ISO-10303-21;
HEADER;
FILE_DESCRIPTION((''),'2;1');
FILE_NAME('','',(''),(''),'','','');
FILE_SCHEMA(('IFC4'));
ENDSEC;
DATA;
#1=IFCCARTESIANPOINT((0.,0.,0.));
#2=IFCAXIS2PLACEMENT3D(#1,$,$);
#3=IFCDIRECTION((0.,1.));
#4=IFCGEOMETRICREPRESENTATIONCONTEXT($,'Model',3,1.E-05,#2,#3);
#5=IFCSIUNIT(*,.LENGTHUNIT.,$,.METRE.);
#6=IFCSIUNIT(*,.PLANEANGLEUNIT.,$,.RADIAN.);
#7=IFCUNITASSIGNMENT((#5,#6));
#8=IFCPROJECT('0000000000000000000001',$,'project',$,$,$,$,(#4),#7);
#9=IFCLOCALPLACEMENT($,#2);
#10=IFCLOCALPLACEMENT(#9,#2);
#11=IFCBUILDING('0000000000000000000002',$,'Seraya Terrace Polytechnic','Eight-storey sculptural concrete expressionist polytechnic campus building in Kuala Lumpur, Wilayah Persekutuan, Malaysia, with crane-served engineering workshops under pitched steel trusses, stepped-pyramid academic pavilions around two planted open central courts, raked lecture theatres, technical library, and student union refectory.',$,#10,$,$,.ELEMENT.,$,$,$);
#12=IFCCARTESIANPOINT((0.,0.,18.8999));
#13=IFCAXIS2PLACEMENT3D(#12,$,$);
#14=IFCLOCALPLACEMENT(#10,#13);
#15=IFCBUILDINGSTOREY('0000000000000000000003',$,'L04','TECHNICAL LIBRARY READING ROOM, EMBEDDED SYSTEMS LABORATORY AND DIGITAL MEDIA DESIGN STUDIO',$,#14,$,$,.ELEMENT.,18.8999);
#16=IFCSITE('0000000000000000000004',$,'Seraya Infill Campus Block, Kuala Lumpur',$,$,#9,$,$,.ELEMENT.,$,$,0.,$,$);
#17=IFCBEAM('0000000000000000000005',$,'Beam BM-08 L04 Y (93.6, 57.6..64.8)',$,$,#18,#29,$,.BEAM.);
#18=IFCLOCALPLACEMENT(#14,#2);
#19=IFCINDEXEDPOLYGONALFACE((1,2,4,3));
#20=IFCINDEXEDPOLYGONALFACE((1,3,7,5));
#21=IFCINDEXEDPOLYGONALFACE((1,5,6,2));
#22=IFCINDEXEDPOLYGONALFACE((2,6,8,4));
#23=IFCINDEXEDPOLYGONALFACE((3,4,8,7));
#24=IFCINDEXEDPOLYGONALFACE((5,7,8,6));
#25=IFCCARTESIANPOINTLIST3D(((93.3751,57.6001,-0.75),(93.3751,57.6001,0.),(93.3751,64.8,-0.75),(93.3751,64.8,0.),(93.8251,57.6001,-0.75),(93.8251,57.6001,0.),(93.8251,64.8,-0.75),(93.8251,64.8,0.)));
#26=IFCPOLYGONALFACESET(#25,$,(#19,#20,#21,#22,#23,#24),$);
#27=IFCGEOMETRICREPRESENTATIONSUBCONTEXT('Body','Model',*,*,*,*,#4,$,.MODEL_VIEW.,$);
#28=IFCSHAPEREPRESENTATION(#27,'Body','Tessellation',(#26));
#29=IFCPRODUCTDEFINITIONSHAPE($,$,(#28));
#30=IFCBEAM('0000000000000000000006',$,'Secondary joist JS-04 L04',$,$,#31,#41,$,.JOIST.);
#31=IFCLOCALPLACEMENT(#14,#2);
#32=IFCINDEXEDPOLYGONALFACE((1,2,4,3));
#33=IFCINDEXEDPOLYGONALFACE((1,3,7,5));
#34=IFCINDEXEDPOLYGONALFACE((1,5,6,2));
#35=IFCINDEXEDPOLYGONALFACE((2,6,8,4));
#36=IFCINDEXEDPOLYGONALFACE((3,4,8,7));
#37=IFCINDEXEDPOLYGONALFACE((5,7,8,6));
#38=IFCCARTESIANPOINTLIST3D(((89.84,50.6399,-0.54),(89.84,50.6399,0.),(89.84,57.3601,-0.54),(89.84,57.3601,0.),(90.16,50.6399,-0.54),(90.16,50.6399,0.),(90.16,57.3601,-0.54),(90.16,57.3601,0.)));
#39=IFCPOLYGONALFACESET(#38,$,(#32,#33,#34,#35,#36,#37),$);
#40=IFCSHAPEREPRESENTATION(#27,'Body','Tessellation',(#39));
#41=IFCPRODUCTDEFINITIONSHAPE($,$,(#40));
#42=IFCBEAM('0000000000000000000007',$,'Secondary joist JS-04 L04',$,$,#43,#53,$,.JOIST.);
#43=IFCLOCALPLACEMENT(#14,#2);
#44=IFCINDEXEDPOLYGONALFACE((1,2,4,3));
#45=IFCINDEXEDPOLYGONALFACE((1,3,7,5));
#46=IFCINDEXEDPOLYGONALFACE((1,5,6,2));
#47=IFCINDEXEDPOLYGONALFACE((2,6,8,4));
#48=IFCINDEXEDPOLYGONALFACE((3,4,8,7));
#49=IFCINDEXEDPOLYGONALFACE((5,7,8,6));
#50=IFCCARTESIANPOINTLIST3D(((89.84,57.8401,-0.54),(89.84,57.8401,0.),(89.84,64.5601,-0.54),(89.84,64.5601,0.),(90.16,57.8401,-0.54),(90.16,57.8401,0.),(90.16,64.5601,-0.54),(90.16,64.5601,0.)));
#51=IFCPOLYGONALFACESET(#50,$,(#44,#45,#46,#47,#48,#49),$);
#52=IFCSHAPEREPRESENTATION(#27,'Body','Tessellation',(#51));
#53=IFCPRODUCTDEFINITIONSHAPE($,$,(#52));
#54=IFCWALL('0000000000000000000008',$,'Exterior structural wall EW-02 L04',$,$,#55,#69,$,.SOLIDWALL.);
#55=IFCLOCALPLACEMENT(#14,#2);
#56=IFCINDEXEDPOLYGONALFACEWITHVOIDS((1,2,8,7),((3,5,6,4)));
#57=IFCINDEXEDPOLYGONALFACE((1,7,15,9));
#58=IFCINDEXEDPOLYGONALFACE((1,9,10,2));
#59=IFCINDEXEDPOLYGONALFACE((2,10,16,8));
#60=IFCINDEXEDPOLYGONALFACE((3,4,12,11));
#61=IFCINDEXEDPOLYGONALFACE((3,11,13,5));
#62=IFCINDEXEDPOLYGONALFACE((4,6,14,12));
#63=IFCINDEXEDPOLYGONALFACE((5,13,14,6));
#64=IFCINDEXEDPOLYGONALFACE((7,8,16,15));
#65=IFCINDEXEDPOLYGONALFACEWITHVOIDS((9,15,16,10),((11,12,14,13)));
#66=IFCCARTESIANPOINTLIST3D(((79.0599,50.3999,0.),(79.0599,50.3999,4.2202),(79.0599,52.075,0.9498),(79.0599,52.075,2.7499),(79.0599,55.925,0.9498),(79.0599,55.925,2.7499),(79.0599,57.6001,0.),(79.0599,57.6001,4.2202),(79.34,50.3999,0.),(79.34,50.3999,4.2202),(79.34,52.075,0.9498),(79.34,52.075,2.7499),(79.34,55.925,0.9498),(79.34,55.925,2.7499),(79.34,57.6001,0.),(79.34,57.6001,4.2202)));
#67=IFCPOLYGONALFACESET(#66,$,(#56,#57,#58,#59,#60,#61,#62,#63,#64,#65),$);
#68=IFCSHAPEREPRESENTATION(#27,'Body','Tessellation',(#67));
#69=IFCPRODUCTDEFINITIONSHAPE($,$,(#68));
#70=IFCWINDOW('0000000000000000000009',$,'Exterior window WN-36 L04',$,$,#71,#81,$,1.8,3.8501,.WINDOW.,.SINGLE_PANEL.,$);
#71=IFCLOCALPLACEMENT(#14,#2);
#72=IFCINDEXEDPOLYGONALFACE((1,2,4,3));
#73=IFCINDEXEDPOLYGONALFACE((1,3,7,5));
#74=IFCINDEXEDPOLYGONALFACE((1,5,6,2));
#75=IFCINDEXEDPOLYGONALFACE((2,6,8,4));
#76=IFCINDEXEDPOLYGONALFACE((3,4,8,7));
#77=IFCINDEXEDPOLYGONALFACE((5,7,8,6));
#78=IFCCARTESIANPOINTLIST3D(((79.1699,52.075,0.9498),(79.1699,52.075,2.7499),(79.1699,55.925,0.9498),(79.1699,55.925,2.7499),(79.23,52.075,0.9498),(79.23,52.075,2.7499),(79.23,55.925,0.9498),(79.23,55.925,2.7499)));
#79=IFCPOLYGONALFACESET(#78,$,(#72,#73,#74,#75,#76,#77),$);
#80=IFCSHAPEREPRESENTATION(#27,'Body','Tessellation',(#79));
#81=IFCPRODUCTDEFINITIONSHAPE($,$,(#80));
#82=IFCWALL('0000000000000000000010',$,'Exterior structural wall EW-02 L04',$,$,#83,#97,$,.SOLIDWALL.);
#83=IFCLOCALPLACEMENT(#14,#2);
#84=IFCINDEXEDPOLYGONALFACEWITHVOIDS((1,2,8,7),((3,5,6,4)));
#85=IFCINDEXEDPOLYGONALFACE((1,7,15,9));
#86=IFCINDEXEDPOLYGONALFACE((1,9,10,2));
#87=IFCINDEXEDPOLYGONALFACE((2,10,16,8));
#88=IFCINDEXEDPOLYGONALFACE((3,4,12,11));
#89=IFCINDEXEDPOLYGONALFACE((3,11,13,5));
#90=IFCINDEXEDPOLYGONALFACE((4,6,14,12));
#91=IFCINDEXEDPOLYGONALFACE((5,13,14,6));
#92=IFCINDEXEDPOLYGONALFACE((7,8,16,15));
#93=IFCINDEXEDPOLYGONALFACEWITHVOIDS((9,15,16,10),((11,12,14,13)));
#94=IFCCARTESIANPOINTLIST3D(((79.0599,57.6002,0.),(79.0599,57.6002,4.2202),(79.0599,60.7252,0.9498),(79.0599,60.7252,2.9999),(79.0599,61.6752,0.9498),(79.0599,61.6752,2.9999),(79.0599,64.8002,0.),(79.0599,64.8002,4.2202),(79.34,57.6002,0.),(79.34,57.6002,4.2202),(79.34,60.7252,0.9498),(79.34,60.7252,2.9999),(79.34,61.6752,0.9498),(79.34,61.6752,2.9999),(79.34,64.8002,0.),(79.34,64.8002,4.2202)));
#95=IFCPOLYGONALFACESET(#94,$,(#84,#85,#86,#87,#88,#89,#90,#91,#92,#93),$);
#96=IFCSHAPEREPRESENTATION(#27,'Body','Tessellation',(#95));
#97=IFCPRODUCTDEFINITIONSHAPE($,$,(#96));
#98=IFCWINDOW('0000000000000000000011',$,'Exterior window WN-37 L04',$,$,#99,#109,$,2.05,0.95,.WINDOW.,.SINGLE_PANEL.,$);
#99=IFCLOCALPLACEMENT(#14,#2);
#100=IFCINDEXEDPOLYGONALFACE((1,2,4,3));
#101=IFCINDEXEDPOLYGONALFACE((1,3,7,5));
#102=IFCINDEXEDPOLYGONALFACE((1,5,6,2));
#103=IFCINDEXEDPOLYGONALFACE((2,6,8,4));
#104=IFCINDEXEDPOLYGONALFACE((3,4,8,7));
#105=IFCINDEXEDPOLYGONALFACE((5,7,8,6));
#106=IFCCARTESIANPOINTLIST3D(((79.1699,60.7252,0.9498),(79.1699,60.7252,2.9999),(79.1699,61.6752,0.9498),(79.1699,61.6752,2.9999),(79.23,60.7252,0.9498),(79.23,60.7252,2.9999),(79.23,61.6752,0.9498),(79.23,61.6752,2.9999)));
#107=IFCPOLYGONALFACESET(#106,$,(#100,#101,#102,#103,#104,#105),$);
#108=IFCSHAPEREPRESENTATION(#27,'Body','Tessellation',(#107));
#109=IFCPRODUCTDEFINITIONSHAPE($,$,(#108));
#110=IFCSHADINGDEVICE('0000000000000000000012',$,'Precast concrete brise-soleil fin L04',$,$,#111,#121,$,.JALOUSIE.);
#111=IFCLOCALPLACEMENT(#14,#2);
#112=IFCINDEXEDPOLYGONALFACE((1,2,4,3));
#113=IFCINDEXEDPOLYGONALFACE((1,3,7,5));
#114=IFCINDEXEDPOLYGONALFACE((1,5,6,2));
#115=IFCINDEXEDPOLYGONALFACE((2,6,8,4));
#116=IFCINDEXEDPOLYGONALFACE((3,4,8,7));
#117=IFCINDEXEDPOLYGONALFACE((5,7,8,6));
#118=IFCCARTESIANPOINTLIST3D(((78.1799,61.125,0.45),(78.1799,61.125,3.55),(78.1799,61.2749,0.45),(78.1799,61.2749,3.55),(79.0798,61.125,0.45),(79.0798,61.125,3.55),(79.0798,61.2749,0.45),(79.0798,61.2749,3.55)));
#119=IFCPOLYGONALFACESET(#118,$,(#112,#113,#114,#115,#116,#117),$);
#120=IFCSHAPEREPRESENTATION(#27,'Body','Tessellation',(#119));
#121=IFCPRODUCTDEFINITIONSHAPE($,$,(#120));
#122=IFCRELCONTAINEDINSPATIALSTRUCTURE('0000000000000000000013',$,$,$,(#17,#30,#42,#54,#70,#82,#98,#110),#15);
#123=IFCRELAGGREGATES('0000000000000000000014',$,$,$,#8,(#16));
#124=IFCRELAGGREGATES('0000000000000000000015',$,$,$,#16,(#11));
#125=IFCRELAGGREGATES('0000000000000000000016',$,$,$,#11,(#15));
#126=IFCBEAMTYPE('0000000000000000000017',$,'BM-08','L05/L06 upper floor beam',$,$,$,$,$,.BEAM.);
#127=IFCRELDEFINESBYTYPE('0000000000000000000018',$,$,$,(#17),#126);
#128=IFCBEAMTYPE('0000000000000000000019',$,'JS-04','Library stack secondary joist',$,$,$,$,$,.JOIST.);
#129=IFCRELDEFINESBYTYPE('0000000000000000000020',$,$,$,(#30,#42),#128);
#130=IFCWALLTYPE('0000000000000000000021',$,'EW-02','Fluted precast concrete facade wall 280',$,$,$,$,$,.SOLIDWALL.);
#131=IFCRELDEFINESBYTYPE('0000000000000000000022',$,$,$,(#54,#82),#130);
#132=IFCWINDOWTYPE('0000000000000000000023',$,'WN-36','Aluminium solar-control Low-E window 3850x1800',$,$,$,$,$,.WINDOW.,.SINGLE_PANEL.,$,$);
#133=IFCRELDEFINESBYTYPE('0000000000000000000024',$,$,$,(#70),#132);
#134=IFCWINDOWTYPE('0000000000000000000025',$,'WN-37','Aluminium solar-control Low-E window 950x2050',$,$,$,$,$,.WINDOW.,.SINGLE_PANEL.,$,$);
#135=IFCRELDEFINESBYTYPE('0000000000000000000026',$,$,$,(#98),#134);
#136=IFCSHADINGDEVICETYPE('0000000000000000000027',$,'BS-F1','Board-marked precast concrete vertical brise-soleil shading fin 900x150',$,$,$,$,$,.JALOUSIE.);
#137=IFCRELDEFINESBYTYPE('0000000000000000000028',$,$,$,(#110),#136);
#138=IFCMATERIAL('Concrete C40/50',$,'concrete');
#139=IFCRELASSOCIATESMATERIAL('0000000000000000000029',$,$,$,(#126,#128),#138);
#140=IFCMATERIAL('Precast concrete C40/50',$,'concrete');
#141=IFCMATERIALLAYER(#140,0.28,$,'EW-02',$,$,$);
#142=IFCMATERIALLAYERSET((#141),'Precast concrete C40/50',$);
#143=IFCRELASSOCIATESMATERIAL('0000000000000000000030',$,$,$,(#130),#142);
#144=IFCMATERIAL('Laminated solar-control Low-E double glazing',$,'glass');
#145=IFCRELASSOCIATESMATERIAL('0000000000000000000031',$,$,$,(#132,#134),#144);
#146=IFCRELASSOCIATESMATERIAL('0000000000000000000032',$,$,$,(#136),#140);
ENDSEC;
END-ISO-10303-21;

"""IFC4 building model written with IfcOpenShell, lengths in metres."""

from ifc_helpers import new_model, si_unit, direction, frame, frame_2d, origin, origin_2d, place, context, subcontext, project, spatial, rectangle, extrude, material, layer, layer_set, material_profile, profile_set, type_object, element, fill, save


model = new_model("IFC4")

# Units and contexts
model_context = context("Model", 3, precision=1e-05, world=origin(), true_north=direction((0.0, 1.0)))
body_context = subcontext(model_context, "Body", "Model", "MODEL_VIEW")
ifc_project = project(units=[si_unit("LENGTHUNIT", "METRE"), si_unit("PLANEANGLEUNIT", "RADIAN")], contexts=[model_context])

# Site, building, storey
site_placement = place(None, origin())
site = spatial("IfcSite", under=ifc_project, at=site_placement, Name="Seraya Infill Campus Block, Kuala Lumpur", CompositionType="ELEMENT", RefElevation=0.0)
building_placement = place(site_placement, origin())
building = spatial("IfcBuilding", under=site, at=building_placement, Name="Seraya Terrace Polytechnic", Description="Eight-storey sculptural concrete expressionist polytechnic campus building in Kuala Lumpur, Wilayah Persekutuan, Malaysia, with crane-served engineering workshops under pitched steel trusses, stepped-pyramid academic pavilions around two planted open central courts, raked lecture theatres, technical library, and student union refectory.", CompositionType="ELEMENT")
storey_placement = place(building_placement, frame((0.0, 0.0, 18.8999)))
storey = spatial("IfcBuildingStorey", under=building, at=storey_placement, Name="L04", Description="TECHNICAL LIBRARY READING ROOM, EMBEDDED SYSTEMS LABORATORY AND DIGITAL MEDIA DESIGN STUDIO", CompositionType="ELEMENT", Elevation=18.8999)

# Shared definitions
ifc_material_1 = material(Name="Concrete C40/50", Category="concrete")

# Beams
ifc_material_profile_1 = material_profile(ifc_material_1, rectangle(XDim=0.45, YDim=0.75, at=origin_2d()), Name="RC 450x750")
ifc_profile_set_1 = profile_set([ifc_material_profile_1], Name="Concrete C40/50")
beam_type_1 = type_object("IfcBeamType", Name="BM-08", Description="L05/L06 upper floor beam", PredefinedType="BEAM", material=ifc_profile_set_1)
beam_1_placement = place(storey_placement, frame((93.6001, 57.6001, -0.375), z_axis=(0.0, 1.0, 0.0), x_axis=(-1.0, 0.0, 0.0)))
element("IfcBeam", 1, at=beam_1_placement, inside=storey, type_object=beam_type_1, Name="Beam BM-08 L04 Y (93.6, 57.6..64.8)", PredefinedType="BEAM", context=body_context, shape_type="SweptSolid", body=[
    extrude(rectangle(XDim=0.45, YDim=0.75, at=origin_2d()), origin(), (0.0, 0.0, 1.0), 7.2),
])
ifc_material_profile_2 = material_profile(ifc_material_1, rectangle(XDim=0.3201, YDim=0.54, at=origin_2d()), Name="RC 320x540")
ifc_profile_set_2 = profile_set([ifc_material_profile_2], Name="Concrete C40/50")
beam_type_2 = type_object("IfcBeamType", Name="JS-04", Description="Library stack secondary joist", PredefinedType="JOIST", material=ifc_profile_set_2)
beam_2_placement = place(storey_placement, frame((90.0, 50.6399, -0.27), z_axis=(0.0, 1.0, 0.0), x_axis=(-1.0, 0.0, 0.0)))
element("IfcBeam", 2, at=beam_2_placement, inside=storey, type_object=beam_type_2, Name="Secondary joist JS-04 L04", PredefinedType="JOIST", context=body_context, shape_type="SweptSolid", body=[
    extrude(rectangle(XDim=0.3201, YDim=0.54, at=origin_2d()), origin(), (0.0, 0.0, 1.0), 6.7202),
])
beam_3_placement = place(storey_placement, frame((90.0, 57.8401, -0.27), z_axis=(0.0, 1.0, 0.0), x_axis=(-1.0, 0.0, 0.0)))
element("IfcBeam", 3, at=beam_3_placement, inside=storey, type_object=beam_type_2, Name="Secondary joist JS-04 L04", PredefinedType="JOIST", context=body_context, shape_type="SweptSolid", body=[
    extrude(rectangle(XDim=0.3201, YDim=0.54, at=origin_2d()), origin(), (0.0, 0.0, 1.0), 6.72),
])

# Walls, openings, windows
ifc_material_2 = material(Name="Precast concrete C40/50", Category="concrete")
ifc_layer = layer(ifc_material_2, 0.28, Name="EW-02")
ifc_layer_set = layer_set([ifc_layer], Name="Precast concrete C40/50")
wall_type = type_object("IfcWallType", Name="EW-02", Description="Fluted precast concrete facade wall 280", PredefinedType="SOLIDWALL", material=ifc_layer_set)
wall_1_placement = place(storey_placement, frame((79.2, 50.3999, 0.0), z_axis=(0.0, 0.0, 1.0), x_axis=(0.0, 1.0, 0.0)))
wall_1 = element("IfcWall", 4, at=wall_1_placement, inside=storey, type_object=wall_type, Name="Exterior structural wall EW-02 L04", PredefinedType="SOLIDWALL", context=body_context, shape_type="SweptSolid", body=[
    extrude(rectangle(XDim=7.2002, YDim=0.28, at=frame_2d((3.6001, 0.0))), origin(), (0.0, 0.0, 1.0), 4.2202),
])
opening_1_placement = place(wall_1_placement, frame((1.675, 0.0, 0.95)))
opening_1 = element("IfcOpeningElement", 5, at=opening_1_placement, cuts=wall_1, PredefinedType="OPENING", context=body_context, shape_type="SweptSolid", body=[
    extrude(rectangle(XDim=3.8501, YDim=1.8, at=frame_2d((1.925, 0.8999))), frame((0.0, 0.1519, 0.0), z_axis=(0.0, -1.0, 0.0), x_axis=(1.0, 0.0, 0.0)), (0.0, 0.0, 1.0), 0.304),
])
ifc_material_3 = material(Name="Laminated solar-control Low-E double glazing", Category="glass")
window_type_1 = type_object("IfcWindowType", Name="WN-36", Description="Aluminium solar-control Low-E window 3850x1800", PartitioningType="SINGLE_PANEL", PredefinedType="WINDOW", material=ifc_material_3)
window_1_placement = place(opening_1_placement, origin())
window_1 = element("IfcWindow", 6, at=window_1_placement, inside=storey, type_object=window_type_1, Name="Exterior window WN-36 L04", OverallHeight=1.8, OverallWidth=3.8501, PartitioningType="SINGLE_PANEL", PredefinedType="WINDOW", context=body_context, shape_type="SweptSolid", body=[
    extrude(rectangle(XDim=3.8501, YDim=1.8, at=frame_2d((1.925, 0.8999))), frame((0.0, 0.03, 0.0), z_axis=(0.0, -1.0, 0.0), x_axis=(1.0, 0.0, 0.0)), (0.0, 0.0, 1.0), 0.0601),
])
fill(opening_1, window_1)
wall_2_placement = place(storey_placement, frame((79.2, 57.6001, 0.0), z_axis=(0.0, 0.0, 1.0), x_axis=(0.0, 1.0, 0.0)))
wall_2 = element("IfcWall", 7, at=wall_2_placement, inside=storey, type_object=wall_type, Name="Exterior structural wall EW-02 L04", PredefinedType="SOLIDWALL", context=body_context, shape_type="SweptSolid", body=[
    extrude(rectangle(XDim=7.2, YDim=0.28, at=frame_2d((3.6001, 0.0))), origin(), (0.0, 0.0, 1.0), 4.2202),
])
opening_2_placement = place(wall_2_placement, frame((3.125, 0.0, 0.95)))
opening_2 = element("IfcOpeningElement", 8, at=opening_2_placement, cuts=wall_2, PredefinedType="OPENING", context=body_context, shape_type="SweptSolid", body=[
    extrude(rectangle(XDim=0.95, YDim=2.05, at=frame_2d((0.4751, 1.0249))), frame((0.0, 0.1519, 0.0), z_axis=(0.0, -1.0, 0.0), x_axis=(1.0, 0.0, 0.0)), (0.0, 0.0, 1.0), 0.304),
])
window_type_2 = type_object("IfcWindowType", Name="WN-37", Description="Aluminium solar-control Low-E window 950x2050", PartitioningType="SINGLE_PANEL", PredefinedType="WINDOW", material=ifc_material_3)
window_2_placement = place(opening_2_placement, origin())
window_2 = element("IfcWindow", 9, at=window_2_placement, inside=storey, type_object=window_type_2, Name="Exterior window WN-37 L04", OverallHeight=2.05, OverallWidth=0.95, PartitioningType="SINGLE_PANEL", PredefinedType="WINDOW", context=body_context, shape_type="SweptSolid", body=[
    extrude(rectangle(XDim=0.95, YDim=2.05, at=frame_2d((0.4751, 1.0249))), frame((0.0, 0.03, 0.0), z_axis=(0.0, -1.0, 0.0), x_axis=(1.0, 0.0, 0.0)), (0.0, 0.0, 1.0), 0.0601),
])
fill(opening_2, window_2)

# Shading device
shading_device_type = type_object("IfcShadingDeviceType", Name="BS-F1", Description="Board-marked precast concrete vertical brise-soleil shading fin 900x150", PredefinedType="JALOUSIE", material=ifc_material_2)
shading_device_placement = place(storey_placement, frame((78.6299, 61.2, 0.45), z_axis=(0.0, 0.0, 1.0), x_axis=(-1.0, 0.0, 0.0)))
element("IfcShadingDevice", 10, at=shading_device_placement, inside=storey, type_object=shading_device_type, Name="Precast concrete brise-soleil fin L04", PredefinedType="JALOUSIE", context=body_context, shape_type="SweptSolid", body=[
    extrude(rectangle(XDim=0.8999, YDim=0.1499, at=origin_2d()), origin(), (0.0, 0.0, 1.0), 3.1001),
])

save(model, "model.ifc")
